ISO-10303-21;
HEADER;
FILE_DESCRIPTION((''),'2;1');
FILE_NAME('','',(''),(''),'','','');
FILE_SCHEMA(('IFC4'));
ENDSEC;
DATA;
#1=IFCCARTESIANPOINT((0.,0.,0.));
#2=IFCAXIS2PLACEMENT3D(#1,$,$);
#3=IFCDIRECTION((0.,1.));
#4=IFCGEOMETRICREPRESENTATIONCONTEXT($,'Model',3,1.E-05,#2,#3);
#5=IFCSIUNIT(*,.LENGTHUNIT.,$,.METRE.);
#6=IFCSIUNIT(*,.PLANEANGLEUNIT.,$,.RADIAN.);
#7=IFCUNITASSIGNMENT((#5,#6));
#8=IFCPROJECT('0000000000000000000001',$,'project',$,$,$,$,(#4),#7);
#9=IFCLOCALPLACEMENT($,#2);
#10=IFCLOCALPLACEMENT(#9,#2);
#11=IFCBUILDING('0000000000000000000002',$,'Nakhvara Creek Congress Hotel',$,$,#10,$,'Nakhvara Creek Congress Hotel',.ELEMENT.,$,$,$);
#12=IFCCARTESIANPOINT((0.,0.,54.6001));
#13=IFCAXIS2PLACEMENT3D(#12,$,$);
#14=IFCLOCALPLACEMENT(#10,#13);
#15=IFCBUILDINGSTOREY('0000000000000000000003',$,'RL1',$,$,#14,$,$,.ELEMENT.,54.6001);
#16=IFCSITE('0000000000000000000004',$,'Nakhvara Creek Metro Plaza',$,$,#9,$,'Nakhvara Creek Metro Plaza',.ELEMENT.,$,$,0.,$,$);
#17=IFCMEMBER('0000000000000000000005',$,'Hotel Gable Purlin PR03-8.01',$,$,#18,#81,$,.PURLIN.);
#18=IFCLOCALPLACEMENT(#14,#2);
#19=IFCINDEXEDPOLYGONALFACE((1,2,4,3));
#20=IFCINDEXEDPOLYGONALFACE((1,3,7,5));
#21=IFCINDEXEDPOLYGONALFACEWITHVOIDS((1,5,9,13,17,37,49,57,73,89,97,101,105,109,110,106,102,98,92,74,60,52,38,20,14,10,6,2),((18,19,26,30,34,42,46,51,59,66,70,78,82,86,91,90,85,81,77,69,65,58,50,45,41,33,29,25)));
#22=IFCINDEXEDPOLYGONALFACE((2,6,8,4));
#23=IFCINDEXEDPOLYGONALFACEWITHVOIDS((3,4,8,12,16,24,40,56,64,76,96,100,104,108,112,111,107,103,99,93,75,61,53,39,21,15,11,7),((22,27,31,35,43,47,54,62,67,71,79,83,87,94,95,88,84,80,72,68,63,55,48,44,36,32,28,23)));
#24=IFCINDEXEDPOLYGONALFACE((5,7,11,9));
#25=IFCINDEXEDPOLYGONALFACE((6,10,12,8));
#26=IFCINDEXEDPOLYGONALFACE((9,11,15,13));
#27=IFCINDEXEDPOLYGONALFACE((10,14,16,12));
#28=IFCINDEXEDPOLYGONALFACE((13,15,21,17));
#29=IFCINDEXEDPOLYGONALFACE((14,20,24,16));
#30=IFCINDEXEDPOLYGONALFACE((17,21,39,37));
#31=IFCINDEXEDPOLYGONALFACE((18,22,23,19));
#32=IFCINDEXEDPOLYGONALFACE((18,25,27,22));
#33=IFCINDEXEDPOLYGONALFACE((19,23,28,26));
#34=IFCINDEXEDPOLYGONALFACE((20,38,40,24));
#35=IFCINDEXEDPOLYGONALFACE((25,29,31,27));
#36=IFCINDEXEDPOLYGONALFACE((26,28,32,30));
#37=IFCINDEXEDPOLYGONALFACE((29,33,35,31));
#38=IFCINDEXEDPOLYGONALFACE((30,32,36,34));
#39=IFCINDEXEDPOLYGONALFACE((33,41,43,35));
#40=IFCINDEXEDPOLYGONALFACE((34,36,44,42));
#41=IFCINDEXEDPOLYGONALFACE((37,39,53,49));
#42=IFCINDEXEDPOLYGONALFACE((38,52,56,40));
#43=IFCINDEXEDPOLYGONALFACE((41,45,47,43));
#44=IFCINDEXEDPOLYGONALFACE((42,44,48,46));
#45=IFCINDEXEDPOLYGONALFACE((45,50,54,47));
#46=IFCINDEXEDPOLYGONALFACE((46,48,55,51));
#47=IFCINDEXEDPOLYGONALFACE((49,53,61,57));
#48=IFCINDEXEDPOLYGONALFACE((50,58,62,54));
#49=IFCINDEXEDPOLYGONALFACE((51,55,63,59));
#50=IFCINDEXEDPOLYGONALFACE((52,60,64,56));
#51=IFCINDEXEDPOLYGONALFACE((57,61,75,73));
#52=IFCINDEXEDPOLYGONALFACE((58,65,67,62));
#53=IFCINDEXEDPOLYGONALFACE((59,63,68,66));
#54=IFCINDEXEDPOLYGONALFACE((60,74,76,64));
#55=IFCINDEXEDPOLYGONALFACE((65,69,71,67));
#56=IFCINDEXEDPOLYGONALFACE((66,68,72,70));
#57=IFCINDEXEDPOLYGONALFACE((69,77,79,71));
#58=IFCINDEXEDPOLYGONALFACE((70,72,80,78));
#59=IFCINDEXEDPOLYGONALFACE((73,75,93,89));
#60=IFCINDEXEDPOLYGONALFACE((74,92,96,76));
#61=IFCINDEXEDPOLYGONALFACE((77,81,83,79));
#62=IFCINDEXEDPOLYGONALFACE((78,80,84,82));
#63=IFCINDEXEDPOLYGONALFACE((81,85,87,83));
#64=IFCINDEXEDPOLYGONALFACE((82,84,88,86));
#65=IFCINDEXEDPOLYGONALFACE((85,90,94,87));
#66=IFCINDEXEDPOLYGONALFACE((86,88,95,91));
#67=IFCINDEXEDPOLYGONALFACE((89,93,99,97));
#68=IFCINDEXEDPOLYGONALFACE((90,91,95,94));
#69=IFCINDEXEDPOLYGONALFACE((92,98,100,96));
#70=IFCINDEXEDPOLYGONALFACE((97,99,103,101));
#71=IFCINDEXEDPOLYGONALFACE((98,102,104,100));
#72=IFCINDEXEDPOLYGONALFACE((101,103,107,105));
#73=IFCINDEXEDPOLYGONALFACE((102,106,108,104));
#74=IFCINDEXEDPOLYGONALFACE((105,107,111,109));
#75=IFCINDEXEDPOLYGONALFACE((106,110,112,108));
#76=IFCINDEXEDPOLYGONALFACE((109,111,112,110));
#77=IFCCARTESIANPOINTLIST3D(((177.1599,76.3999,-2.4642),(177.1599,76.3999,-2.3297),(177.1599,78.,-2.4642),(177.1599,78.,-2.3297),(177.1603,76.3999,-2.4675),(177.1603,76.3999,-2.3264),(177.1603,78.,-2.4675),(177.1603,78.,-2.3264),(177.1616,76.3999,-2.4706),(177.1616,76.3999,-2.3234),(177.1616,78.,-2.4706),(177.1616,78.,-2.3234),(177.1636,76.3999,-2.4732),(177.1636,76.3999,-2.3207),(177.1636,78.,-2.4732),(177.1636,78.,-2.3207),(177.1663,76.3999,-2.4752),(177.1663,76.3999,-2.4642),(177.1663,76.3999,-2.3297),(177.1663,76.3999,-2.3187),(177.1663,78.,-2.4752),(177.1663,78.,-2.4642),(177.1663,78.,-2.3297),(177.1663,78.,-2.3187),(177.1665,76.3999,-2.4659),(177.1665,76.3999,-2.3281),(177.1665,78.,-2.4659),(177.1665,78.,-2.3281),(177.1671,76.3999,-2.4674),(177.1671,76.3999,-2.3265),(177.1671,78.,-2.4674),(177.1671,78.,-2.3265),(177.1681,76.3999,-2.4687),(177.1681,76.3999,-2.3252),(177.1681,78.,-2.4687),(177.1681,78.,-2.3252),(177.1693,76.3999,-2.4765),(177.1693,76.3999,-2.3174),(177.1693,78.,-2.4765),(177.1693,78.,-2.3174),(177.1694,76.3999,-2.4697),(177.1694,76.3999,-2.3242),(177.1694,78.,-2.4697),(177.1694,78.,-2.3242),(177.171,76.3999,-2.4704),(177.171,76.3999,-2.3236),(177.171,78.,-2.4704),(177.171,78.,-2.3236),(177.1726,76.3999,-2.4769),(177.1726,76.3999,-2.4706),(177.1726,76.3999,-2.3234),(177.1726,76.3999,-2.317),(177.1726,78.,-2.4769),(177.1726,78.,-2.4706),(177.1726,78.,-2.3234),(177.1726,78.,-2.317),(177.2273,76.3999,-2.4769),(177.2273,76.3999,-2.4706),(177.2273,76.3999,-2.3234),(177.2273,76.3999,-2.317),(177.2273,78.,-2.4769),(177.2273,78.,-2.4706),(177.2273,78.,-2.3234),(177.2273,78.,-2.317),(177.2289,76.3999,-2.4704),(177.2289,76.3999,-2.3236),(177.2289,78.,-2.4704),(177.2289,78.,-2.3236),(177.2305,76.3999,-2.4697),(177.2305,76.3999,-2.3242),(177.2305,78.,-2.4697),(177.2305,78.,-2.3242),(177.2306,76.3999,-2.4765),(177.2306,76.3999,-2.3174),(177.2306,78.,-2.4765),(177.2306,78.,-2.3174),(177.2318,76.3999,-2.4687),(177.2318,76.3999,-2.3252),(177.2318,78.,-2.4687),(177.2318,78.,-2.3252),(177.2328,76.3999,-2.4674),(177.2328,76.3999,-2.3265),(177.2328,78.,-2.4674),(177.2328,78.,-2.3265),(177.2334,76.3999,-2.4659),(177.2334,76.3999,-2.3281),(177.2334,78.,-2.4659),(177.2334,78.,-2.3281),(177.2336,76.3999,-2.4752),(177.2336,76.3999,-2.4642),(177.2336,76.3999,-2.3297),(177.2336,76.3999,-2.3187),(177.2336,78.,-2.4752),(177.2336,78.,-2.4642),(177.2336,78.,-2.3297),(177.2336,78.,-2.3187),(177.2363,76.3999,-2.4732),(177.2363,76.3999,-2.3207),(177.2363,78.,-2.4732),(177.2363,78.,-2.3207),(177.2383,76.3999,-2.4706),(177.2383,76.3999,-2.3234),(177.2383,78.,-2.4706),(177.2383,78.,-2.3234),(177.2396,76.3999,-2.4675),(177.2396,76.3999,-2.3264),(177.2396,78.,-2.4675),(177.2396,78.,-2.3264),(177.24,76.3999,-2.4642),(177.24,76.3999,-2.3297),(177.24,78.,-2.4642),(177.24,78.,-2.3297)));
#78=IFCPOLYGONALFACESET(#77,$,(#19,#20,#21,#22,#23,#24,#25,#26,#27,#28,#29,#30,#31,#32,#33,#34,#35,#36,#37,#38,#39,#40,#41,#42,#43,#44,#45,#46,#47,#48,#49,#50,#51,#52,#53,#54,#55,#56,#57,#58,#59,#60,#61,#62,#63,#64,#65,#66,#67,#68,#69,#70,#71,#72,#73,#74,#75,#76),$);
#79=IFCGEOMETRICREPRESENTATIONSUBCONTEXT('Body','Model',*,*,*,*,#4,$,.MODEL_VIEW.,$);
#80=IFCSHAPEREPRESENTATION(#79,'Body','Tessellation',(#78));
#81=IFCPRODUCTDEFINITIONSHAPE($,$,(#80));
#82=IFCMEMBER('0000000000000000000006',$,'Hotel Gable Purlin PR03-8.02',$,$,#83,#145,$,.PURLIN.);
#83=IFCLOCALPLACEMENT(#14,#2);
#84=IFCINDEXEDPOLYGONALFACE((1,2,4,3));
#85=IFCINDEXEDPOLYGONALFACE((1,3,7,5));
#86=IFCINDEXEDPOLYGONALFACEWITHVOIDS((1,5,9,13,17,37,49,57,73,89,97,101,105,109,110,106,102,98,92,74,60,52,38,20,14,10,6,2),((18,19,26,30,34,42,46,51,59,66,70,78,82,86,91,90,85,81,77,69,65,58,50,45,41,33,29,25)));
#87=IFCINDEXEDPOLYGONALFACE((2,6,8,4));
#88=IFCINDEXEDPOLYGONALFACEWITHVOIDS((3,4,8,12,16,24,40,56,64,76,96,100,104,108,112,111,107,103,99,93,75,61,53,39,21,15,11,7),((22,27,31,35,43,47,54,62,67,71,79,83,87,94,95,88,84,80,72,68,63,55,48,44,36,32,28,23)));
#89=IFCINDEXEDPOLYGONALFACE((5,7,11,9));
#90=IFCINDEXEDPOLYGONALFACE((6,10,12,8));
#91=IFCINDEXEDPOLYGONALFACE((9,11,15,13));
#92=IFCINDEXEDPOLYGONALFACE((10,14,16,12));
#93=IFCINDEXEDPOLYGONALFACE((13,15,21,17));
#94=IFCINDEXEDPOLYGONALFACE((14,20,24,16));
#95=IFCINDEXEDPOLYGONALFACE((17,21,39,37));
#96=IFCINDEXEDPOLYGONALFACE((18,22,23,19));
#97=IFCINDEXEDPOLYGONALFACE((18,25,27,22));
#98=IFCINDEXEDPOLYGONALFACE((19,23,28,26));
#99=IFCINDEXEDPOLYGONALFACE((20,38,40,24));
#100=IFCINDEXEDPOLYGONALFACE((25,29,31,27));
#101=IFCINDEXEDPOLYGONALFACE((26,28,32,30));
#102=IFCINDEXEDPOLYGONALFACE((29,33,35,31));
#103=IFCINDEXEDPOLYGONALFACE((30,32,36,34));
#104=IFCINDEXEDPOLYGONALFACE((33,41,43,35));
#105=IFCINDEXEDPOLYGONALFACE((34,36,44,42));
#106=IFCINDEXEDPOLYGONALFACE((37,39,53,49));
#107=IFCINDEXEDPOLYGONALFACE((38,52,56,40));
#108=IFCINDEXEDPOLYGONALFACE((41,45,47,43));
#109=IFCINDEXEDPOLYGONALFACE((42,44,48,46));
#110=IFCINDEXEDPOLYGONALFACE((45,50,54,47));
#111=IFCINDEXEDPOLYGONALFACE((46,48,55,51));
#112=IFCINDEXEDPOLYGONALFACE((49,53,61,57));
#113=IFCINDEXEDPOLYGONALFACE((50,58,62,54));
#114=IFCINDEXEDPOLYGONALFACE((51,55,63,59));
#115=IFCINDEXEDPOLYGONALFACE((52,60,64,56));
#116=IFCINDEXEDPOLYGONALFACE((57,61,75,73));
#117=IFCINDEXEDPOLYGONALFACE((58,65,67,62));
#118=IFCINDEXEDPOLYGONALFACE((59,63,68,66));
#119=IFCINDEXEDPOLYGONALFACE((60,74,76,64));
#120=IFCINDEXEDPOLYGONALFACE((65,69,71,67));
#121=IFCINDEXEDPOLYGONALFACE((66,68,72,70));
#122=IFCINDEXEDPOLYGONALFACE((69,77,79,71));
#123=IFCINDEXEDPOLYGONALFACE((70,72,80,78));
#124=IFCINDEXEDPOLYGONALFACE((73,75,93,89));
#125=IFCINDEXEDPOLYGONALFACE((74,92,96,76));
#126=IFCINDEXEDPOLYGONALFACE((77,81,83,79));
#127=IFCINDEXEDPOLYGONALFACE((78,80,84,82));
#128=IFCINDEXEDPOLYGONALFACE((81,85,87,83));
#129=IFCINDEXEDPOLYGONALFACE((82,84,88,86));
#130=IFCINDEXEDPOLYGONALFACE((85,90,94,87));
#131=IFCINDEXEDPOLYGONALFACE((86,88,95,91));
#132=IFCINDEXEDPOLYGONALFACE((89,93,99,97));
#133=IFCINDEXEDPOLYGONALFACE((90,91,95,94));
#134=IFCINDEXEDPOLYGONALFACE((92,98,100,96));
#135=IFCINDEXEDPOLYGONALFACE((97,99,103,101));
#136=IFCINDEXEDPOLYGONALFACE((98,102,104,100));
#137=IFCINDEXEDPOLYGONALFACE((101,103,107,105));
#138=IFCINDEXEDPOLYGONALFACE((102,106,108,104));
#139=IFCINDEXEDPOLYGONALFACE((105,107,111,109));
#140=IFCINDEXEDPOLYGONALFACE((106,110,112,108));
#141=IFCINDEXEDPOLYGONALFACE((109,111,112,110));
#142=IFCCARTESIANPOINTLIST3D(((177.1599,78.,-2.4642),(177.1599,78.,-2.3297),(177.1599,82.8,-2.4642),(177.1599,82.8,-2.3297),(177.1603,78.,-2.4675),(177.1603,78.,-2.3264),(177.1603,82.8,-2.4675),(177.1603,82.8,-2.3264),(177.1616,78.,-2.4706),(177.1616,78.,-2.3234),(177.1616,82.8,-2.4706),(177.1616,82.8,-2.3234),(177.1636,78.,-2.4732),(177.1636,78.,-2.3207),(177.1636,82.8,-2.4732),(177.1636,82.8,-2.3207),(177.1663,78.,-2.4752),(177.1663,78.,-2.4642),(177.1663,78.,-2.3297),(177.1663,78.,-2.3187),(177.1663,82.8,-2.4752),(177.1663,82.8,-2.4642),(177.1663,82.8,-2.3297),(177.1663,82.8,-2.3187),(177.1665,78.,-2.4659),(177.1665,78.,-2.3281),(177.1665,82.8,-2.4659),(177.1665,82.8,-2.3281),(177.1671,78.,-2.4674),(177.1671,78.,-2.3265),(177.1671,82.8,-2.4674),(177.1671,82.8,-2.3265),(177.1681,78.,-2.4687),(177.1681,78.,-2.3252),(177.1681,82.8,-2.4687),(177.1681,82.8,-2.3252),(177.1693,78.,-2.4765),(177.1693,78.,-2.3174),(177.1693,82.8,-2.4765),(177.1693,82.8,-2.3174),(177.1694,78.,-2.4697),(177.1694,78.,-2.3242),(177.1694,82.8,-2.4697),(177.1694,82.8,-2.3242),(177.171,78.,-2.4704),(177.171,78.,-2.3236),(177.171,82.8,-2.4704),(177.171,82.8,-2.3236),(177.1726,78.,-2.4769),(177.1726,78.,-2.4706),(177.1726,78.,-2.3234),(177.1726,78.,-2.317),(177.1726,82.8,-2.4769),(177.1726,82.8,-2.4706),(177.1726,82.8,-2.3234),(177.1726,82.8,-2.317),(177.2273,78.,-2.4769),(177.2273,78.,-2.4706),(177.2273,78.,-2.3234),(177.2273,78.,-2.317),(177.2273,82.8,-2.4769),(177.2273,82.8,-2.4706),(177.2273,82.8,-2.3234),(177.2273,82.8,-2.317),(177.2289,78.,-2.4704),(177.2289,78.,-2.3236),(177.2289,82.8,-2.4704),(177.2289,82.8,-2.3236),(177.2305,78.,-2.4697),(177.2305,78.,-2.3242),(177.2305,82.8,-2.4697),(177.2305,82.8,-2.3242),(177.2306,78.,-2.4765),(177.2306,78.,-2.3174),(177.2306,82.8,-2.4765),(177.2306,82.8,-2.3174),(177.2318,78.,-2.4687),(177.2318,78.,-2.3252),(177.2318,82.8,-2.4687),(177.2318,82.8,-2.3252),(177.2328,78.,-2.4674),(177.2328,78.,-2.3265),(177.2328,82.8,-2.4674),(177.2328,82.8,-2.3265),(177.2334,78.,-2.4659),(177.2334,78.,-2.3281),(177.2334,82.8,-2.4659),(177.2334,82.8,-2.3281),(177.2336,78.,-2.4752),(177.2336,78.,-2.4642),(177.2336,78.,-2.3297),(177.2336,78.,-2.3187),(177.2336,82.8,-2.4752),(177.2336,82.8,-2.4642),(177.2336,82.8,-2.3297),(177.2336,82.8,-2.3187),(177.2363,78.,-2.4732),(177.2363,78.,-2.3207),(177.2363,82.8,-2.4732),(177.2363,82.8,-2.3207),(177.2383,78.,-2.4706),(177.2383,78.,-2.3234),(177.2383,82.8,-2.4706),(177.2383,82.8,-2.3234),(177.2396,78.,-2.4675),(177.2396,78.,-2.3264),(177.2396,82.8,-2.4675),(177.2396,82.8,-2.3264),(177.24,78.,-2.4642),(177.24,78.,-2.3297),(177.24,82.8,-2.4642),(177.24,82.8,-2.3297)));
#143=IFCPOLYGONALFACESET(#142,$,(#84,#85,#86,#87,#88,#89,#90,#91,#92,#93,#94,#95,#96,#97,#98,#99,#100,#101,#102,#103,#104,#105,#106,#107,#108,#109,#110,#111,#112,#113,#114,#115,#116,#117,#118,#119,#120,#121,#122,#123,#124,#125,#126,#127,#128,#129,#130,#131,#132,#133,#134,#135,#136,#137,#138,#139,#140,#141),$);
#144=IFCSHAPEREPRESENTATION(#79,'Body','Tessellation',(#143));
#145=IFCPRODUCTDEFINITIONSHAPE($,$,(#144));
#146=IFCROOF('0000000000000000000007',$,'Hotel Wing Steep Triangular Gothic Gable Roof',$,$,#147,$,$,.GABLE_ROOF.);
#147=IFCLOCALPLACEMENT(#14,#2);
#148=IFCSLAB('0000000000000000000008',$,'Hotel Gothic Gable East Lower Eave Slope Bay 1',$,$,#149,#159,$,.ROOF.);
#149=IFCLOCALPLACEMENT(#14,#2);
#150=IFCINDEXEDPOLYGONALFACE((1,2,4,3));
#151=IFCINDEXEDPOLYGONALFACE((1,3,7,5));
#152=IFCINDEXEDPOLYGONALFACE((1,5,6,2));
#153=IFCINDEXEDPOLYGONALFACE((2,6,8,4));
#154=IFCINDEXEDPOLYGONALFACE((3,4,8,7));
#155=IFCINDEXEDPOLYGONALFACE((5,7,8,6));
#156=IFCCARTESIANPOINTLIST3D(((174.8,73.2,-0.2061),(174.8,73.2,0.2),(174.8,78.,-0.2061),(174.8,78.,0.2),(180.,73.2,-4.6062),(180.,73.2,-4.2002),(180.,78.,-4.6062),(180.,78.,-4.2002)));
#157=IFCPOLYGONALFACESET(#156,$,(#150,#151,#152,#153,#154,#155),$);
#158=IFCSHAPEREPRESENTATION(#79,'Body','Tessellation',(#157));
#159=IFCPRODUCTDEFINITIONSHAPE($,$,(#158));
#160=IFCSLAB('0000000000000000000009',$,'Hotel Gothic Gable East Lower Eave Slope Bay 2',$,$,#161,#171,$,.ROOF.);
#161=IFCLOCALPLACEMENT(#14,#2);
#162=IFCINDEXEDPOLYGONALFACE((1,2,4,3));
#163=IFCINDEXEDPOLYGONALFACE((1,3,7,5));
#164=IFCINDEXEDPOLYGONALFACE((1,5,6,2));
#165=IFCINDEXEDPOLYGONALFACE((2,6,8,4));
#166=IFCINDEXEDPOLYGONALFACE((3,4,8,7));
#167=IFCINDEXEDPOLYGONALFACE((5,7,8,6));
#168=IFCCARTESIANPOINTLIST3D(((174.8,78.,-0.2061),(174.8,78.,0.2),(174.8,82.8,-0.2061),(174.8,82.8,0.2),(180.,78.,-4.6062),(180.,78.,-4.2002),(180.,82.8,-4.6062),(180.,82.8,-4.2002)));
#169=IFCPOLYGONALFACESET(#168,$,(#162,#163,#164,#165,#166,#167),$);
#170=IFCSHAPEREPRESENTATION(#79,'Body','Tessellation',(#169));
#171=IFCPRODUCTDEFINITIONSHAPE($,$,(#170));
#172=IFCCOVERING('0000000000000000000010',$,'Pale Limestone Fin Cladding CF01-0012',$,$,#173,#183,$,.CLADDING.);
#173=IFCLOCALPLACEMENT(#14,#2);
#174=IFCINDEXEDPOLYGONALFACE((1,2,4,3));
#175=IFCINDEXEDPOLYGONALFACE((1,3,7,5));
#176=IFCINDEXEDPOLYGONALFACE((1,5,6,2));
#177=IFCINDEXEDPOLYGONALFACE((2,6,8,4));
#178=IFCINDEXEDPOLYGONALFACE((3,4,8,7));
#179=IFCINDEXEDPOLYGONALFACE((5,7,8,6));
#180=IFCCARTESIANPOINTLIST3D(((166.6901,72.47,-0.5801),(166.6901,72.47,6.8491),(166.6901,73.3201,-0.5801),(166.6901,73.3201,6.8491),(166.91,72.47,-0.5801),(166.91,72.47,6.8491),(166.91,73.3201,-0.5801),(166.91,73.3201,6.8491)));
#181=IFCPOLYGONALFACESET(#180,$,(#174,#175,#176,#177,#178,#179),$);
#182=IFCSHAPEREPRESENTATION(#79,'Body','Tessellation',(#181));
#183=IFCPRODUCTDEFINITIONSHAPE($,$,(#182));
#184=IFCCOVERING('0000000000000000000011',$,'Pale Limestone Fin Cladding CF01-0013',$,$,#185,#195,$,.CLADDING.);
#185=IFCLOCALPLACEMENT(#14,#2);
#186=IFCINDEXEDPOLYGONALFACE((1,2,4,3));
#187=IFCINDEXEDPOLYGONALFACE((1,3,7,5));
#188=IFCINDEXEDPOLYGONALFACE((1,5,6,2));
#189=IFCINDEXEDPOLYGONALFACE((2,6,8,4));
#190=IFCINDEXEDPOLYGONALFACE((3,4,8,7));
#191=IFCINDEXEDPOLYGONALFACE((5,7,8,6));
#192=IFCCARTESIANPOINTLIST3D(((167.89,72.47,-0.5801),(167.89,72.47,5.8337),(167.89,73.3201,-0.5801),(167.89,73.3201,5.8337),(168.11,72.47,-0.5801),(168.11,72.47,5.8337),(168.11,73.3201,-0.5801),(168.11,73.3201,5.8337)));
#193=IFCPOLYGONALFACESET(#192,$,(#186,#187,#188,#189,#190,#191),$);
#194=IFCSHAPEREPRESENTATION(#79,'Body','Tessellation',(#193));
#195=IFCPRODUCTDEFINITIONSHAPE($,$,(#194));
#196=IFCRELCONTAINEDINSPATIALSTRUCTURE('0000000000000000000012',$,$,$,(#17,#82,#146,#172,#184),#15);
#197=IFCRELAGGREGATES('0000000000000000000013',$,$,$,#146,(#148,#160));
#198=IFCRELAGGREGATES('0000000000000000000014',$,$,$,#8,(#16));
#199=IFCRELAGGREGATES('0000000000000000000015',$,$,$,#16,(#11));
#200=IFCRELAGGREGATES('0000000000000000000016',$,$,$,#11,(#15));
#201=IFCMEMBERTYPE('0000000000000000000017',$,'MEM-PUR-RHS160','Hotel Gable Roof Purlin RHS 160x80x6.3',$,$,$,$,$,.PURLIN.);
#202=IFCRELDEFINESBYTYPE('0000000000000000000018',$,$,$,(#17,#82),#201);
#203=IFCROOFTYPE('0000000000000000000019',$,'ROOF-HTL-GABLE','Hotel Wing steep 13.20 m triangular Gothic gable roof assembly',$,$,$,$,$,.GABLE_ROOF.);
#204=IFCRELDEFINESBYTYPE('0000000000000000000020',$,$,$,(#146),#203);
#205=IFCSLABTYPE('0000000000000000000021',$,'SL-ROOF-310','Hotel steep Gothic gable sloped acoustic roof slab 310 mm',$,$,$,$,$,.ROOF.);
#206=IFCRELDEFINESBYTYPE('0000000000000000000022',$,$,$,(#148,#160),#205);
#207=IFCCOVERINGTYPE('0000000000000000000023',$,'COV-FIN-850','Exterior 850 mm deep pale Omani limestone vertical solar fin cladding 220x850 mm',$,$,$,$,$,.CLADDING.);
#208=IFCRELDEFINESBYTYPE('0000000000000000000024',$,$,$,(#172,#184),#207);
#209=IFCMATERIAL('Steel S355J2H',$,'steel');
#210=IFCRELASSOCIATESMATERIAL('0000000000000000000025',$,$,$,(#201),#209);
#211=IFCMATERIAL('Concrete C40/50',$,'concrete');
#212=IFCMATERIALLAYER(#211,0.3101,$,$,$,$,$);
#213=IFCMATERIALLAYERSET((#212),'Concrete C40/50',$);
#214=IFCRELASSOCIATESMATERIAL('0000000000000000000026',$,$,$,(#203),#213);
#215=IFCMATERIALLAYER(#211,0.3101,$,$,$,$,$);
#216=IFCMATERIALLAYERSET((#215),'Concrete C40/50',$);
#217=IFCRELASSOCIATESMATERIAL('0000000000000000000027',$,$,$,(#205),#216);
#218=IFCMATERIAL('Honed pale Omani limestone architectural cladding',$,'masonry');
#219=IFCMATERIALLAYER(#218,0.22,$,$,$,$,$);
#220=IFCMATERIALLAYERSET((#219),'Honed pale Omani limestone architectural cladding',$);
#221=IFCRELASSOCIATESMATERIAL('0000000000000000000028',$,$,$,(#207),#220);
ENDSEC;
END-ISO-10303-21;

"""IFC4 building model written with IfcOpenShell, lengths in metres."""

from ifc_helpers import new_model, si_unit, direction, frame, origin, origin_2d, place, context, subcontext, project, spatial, polyline, rectangle, hollow_rectangle, outline, extrude, material, layer, layer_set, material_profile, profile_set, type_object, element, aggregate, save


model = new_model("IFC4")

# Units and contexts
model_context = context("Model", 3, precision=1e-05, world=origin(), true_north=direction((0.0, 1.0)))
body_context = subcontext(model_context, "Body", "Model", "MODEL_VIEW")
ifc_project = project(units=[si_unit("LENGTHUNIT", "METRE"), si_unit("PLANEANGLEUNIT", "RADIAN")], contexts=[model_context])

# Site, building, storey
site_placement = place(None, origin())
site = spatial("IfcSite", under=ifc_project, at=site_placement, Name="Nakhvara Creek Metro Plaza", LongName="Nakhvara Creek Metro Plaza", CompositionType="ELEMENT", RefElevation=0.0)
building_placement = place(site_placement, origin())
building = spatial("IfcBuilding", under=site, at=building_placement, Name="Nakhvara Creek Congress Hotel", LongName="Nakhvara Creek Congress Hotel", CompositionType="ELEMENT")
storey_placement = place(building_placement, frame((0.0, 0.0, 54.6001)))
storey = spatial("IfcBuildingStorey", under=building, at=storey_placement, Name="RL1", CompositionType="ELEMENT", Elevation=54.6001)

# Members
ifc_material_1 = material(Name="Steel S355J2H", Category="steel")
ifc_material_profile = material_profile(ifc_material_1, hollow_rectangle(XDim=0.0801, YDim=0.1599, WallThickness=0.0063, InnerFilletRadius=0.0063, OuterFilletRadius=0.0127, at=origin_2d()), Name="RHS 160x80x6.3", Category="LoadBearing")
ifc_profile_set = profile_set([ifc_material_profile], Name="Steel S355J2H")
member_type = type_object("IfcMemberType", Name="MEM-PUR-RHS160", Description="Hotel Gable Roof Purlin RHS 160x80x6.3", PredefinedType="PURLIN", material=ifc_profile_set)
member_1_placement = place(storey_placement, frame((177.2, 76.3999, -2.397), z_axis=(0.0, 1.0, 0.0), x_axis=(-1.0, 0.0, 0.0)))
element("IfcMember", 1, at=member_1_placement, inside=storey, type_object=member_type, Name="Hotel Gable Purlin PR03-8.01", PredefinedType="PURLIN", context=body_context, shape_type="SweptSolid", body=[
    extrude(hollow_rectangle(XDim=0.0801, YDim=0.1599, WallThickness=0.0063, InnerFilletRadius=0.0063, OuterFilletRadius=0.0127, at=origin_2d()), origin(), (0.0, 0.0, 1.0), 1.6001),
])
member_2_placement = place(storey_placement, frame((177.2, 78.0, -2.397), z_axis=(0.0, 1.0, 0.0), x_axis=(-1.0, 0.0, 0.0)))
element("IfcMember", 2, at=member_2_placement, inside=storey, type_object=member_type, Name="Hotel Gable Purlin PR03-8.02", PredefinedType="PURLIN", context=body_context, shape_type="SweptSolid", body=[
    extrude(hollow_rectangle(XDim=0.0801, YDim=0.1599, WallThickness=0.0063, InnerFilletRadius=0.0063, OuterFilletRadius=0.0127, at=origin_2d()), origin(), (0.0, 0.0, 1.0), 4.8),
])

# Roof, slabs
ifc_material_2 = material(Name="Concrete C40/50", Category="concrete")
ifc_layer_1 = layer(ifc_material_2, 0.3101)
ifc_layer_set_1 = layer_set([ifc_layer_1], Name="Concrete C40/50")
roof_type = type_object("IfcRoofType", Name="ROOF-HTL-GABLE", Description="Hotel Wing steep 13.20 m triangular Gothic gable roof assembly", PredefinedType="GABLE_ROOF", material=ifc_layer_set_1)
roof_placement = place(storey_placement, origin())
roof = element("IfcRoof", 3, at=roof_placement, inside=storey, type_object=roof_type, Name="Hotel Wing Steep Triangular Gothic Gable Roof", PredefinedType="GABLE_ROOF")
ifc_layer_2 = layer(ifc_material_2, 0.3101)
ifc_layer_set_2 = layer_set([ifc_layer_2], Name="Concrete C40/50")
slab_type = type_object("IfcSlabType", Name="SL-ROOF-310", Description="Hotel steep Gothic gable sloped acoustic roof slab 310 mm", PredefinedType="ROOF", material=ifc_layer_set_2)
slab_1_placement = place(storey_placement, frame((174.8, 73.2, 0.2), z_axis=(0.0, 0.0, 1.0), x_axis=(1.0, 0.0, 0.0)))
slab_1 = element("IfcSlab", 4, at=slab_1_placement, type_object=slab_type, Name="Hotel Gothic Gable East Lower Eave Slope Bay 1", PredefinedType="ROOF", context=body_context, shape_type="SweptSolid", body=[
    extrude(outline(polyline([(0.0, 0.0), (5.2, -4.4001), (5.2, -4.8062), (0.0, -0.406), (0.0, 0.0)])), frame((0.0, 4.8, 0.0), z_axis=(0.0, -1.0, 0.0), x_axis=(1.0, 0.0, 0.0)), (0.0, 0.0, 1.0), 4.8),
])
slab_2_placement = place(storey_placement, frame((174.8, 78.0, 0.2), z_axis=(0.0, 0.0, 1.0), x_axis=(1.0, 0.0, 0.0)))
slab_2 = element("IfcSlab", 5, at=slab_2_placement, type_object=slab_type, Name="Hotel Gothic Gable East Lower Eave Slope Bay 2", PredefinedType="ROOF", context=body_context, shape_type="SweptSolid", body=[
    extrude(outline(polyline([(0.0, 0.0), (5.2, -4.4001), (5.2, -4.8062), (0.0, -0.406), (0.0, 0.0)])), frame((0.0, 4.8, 0.0), z_axis=(0.0, -1.0, 0.0), x_axis=(1.0, 0.0, 0.0)), (0.0, 0.0, 1.0), 4.8),
])
aggregate(roof, [slab_1, slab_2])

# Coverings
ifc_material_3 = material(Name="Honed pale Omani limestone architectural cladding", Category="masonry")
ifc_layer_3 = layer(ifc_material_3, 0.22)
ifc_layer_set_3 = layer_set([ifc_layer_3], Name="Honed pale Omani limestone architectural cladding")
covering_type_1 = type_object("IfcCoveringType", Name="COV-FIN-850", Description="Exterior 850 mm deep pale Omani limestone vertical solar fin cladding 220x850 mm", PredefinedType="CLADDING", material=ifc_layer_set_3)
covering_1_placement = place(storey_placement, frame((166.8, 72.895, -0.5801), z_axis=(0.0, 0.0, 1.0), x_axis=(1.0, 0.0, 0.0)))
element("IfcCovering", 6, at=covering_1_placement, inside=storey, type_object=covering_type_1, Name="Pale Limestone Fin Cladding CF01-0012", PredefinedType="CLADDING", context=body_context, shape_type="SweptSolid", body=[
    extrude(rectangle(XDim=0.22, YDim=0.8501, at=origin_2d()), origin(), (0.0, 0.0, 1.0), 7.4292),
])
covering_2_placement = place(storey_placement, frame((168.0, 72.895, -0.5801), z_axis=(0.0, 0.0, 1.0), x_axis=(1.0, 0.0, 0.0)))
element("IfcCovering", 7, at=covering_2_placement, inside=storey, type_object=covering_type_1, Name="Pale Limestone Fin Cladding CF01-0013", PredefinedType="CLADDING", context=body_context, shape_type="SweptSolid", body=[
    extrude(rectangle(XDim=0.22, YDim=0.8501, at=origin_2d()), origin(), (0.0, 0.0, 1.0), 6.4138),
])

save(model, "model.ifc")
